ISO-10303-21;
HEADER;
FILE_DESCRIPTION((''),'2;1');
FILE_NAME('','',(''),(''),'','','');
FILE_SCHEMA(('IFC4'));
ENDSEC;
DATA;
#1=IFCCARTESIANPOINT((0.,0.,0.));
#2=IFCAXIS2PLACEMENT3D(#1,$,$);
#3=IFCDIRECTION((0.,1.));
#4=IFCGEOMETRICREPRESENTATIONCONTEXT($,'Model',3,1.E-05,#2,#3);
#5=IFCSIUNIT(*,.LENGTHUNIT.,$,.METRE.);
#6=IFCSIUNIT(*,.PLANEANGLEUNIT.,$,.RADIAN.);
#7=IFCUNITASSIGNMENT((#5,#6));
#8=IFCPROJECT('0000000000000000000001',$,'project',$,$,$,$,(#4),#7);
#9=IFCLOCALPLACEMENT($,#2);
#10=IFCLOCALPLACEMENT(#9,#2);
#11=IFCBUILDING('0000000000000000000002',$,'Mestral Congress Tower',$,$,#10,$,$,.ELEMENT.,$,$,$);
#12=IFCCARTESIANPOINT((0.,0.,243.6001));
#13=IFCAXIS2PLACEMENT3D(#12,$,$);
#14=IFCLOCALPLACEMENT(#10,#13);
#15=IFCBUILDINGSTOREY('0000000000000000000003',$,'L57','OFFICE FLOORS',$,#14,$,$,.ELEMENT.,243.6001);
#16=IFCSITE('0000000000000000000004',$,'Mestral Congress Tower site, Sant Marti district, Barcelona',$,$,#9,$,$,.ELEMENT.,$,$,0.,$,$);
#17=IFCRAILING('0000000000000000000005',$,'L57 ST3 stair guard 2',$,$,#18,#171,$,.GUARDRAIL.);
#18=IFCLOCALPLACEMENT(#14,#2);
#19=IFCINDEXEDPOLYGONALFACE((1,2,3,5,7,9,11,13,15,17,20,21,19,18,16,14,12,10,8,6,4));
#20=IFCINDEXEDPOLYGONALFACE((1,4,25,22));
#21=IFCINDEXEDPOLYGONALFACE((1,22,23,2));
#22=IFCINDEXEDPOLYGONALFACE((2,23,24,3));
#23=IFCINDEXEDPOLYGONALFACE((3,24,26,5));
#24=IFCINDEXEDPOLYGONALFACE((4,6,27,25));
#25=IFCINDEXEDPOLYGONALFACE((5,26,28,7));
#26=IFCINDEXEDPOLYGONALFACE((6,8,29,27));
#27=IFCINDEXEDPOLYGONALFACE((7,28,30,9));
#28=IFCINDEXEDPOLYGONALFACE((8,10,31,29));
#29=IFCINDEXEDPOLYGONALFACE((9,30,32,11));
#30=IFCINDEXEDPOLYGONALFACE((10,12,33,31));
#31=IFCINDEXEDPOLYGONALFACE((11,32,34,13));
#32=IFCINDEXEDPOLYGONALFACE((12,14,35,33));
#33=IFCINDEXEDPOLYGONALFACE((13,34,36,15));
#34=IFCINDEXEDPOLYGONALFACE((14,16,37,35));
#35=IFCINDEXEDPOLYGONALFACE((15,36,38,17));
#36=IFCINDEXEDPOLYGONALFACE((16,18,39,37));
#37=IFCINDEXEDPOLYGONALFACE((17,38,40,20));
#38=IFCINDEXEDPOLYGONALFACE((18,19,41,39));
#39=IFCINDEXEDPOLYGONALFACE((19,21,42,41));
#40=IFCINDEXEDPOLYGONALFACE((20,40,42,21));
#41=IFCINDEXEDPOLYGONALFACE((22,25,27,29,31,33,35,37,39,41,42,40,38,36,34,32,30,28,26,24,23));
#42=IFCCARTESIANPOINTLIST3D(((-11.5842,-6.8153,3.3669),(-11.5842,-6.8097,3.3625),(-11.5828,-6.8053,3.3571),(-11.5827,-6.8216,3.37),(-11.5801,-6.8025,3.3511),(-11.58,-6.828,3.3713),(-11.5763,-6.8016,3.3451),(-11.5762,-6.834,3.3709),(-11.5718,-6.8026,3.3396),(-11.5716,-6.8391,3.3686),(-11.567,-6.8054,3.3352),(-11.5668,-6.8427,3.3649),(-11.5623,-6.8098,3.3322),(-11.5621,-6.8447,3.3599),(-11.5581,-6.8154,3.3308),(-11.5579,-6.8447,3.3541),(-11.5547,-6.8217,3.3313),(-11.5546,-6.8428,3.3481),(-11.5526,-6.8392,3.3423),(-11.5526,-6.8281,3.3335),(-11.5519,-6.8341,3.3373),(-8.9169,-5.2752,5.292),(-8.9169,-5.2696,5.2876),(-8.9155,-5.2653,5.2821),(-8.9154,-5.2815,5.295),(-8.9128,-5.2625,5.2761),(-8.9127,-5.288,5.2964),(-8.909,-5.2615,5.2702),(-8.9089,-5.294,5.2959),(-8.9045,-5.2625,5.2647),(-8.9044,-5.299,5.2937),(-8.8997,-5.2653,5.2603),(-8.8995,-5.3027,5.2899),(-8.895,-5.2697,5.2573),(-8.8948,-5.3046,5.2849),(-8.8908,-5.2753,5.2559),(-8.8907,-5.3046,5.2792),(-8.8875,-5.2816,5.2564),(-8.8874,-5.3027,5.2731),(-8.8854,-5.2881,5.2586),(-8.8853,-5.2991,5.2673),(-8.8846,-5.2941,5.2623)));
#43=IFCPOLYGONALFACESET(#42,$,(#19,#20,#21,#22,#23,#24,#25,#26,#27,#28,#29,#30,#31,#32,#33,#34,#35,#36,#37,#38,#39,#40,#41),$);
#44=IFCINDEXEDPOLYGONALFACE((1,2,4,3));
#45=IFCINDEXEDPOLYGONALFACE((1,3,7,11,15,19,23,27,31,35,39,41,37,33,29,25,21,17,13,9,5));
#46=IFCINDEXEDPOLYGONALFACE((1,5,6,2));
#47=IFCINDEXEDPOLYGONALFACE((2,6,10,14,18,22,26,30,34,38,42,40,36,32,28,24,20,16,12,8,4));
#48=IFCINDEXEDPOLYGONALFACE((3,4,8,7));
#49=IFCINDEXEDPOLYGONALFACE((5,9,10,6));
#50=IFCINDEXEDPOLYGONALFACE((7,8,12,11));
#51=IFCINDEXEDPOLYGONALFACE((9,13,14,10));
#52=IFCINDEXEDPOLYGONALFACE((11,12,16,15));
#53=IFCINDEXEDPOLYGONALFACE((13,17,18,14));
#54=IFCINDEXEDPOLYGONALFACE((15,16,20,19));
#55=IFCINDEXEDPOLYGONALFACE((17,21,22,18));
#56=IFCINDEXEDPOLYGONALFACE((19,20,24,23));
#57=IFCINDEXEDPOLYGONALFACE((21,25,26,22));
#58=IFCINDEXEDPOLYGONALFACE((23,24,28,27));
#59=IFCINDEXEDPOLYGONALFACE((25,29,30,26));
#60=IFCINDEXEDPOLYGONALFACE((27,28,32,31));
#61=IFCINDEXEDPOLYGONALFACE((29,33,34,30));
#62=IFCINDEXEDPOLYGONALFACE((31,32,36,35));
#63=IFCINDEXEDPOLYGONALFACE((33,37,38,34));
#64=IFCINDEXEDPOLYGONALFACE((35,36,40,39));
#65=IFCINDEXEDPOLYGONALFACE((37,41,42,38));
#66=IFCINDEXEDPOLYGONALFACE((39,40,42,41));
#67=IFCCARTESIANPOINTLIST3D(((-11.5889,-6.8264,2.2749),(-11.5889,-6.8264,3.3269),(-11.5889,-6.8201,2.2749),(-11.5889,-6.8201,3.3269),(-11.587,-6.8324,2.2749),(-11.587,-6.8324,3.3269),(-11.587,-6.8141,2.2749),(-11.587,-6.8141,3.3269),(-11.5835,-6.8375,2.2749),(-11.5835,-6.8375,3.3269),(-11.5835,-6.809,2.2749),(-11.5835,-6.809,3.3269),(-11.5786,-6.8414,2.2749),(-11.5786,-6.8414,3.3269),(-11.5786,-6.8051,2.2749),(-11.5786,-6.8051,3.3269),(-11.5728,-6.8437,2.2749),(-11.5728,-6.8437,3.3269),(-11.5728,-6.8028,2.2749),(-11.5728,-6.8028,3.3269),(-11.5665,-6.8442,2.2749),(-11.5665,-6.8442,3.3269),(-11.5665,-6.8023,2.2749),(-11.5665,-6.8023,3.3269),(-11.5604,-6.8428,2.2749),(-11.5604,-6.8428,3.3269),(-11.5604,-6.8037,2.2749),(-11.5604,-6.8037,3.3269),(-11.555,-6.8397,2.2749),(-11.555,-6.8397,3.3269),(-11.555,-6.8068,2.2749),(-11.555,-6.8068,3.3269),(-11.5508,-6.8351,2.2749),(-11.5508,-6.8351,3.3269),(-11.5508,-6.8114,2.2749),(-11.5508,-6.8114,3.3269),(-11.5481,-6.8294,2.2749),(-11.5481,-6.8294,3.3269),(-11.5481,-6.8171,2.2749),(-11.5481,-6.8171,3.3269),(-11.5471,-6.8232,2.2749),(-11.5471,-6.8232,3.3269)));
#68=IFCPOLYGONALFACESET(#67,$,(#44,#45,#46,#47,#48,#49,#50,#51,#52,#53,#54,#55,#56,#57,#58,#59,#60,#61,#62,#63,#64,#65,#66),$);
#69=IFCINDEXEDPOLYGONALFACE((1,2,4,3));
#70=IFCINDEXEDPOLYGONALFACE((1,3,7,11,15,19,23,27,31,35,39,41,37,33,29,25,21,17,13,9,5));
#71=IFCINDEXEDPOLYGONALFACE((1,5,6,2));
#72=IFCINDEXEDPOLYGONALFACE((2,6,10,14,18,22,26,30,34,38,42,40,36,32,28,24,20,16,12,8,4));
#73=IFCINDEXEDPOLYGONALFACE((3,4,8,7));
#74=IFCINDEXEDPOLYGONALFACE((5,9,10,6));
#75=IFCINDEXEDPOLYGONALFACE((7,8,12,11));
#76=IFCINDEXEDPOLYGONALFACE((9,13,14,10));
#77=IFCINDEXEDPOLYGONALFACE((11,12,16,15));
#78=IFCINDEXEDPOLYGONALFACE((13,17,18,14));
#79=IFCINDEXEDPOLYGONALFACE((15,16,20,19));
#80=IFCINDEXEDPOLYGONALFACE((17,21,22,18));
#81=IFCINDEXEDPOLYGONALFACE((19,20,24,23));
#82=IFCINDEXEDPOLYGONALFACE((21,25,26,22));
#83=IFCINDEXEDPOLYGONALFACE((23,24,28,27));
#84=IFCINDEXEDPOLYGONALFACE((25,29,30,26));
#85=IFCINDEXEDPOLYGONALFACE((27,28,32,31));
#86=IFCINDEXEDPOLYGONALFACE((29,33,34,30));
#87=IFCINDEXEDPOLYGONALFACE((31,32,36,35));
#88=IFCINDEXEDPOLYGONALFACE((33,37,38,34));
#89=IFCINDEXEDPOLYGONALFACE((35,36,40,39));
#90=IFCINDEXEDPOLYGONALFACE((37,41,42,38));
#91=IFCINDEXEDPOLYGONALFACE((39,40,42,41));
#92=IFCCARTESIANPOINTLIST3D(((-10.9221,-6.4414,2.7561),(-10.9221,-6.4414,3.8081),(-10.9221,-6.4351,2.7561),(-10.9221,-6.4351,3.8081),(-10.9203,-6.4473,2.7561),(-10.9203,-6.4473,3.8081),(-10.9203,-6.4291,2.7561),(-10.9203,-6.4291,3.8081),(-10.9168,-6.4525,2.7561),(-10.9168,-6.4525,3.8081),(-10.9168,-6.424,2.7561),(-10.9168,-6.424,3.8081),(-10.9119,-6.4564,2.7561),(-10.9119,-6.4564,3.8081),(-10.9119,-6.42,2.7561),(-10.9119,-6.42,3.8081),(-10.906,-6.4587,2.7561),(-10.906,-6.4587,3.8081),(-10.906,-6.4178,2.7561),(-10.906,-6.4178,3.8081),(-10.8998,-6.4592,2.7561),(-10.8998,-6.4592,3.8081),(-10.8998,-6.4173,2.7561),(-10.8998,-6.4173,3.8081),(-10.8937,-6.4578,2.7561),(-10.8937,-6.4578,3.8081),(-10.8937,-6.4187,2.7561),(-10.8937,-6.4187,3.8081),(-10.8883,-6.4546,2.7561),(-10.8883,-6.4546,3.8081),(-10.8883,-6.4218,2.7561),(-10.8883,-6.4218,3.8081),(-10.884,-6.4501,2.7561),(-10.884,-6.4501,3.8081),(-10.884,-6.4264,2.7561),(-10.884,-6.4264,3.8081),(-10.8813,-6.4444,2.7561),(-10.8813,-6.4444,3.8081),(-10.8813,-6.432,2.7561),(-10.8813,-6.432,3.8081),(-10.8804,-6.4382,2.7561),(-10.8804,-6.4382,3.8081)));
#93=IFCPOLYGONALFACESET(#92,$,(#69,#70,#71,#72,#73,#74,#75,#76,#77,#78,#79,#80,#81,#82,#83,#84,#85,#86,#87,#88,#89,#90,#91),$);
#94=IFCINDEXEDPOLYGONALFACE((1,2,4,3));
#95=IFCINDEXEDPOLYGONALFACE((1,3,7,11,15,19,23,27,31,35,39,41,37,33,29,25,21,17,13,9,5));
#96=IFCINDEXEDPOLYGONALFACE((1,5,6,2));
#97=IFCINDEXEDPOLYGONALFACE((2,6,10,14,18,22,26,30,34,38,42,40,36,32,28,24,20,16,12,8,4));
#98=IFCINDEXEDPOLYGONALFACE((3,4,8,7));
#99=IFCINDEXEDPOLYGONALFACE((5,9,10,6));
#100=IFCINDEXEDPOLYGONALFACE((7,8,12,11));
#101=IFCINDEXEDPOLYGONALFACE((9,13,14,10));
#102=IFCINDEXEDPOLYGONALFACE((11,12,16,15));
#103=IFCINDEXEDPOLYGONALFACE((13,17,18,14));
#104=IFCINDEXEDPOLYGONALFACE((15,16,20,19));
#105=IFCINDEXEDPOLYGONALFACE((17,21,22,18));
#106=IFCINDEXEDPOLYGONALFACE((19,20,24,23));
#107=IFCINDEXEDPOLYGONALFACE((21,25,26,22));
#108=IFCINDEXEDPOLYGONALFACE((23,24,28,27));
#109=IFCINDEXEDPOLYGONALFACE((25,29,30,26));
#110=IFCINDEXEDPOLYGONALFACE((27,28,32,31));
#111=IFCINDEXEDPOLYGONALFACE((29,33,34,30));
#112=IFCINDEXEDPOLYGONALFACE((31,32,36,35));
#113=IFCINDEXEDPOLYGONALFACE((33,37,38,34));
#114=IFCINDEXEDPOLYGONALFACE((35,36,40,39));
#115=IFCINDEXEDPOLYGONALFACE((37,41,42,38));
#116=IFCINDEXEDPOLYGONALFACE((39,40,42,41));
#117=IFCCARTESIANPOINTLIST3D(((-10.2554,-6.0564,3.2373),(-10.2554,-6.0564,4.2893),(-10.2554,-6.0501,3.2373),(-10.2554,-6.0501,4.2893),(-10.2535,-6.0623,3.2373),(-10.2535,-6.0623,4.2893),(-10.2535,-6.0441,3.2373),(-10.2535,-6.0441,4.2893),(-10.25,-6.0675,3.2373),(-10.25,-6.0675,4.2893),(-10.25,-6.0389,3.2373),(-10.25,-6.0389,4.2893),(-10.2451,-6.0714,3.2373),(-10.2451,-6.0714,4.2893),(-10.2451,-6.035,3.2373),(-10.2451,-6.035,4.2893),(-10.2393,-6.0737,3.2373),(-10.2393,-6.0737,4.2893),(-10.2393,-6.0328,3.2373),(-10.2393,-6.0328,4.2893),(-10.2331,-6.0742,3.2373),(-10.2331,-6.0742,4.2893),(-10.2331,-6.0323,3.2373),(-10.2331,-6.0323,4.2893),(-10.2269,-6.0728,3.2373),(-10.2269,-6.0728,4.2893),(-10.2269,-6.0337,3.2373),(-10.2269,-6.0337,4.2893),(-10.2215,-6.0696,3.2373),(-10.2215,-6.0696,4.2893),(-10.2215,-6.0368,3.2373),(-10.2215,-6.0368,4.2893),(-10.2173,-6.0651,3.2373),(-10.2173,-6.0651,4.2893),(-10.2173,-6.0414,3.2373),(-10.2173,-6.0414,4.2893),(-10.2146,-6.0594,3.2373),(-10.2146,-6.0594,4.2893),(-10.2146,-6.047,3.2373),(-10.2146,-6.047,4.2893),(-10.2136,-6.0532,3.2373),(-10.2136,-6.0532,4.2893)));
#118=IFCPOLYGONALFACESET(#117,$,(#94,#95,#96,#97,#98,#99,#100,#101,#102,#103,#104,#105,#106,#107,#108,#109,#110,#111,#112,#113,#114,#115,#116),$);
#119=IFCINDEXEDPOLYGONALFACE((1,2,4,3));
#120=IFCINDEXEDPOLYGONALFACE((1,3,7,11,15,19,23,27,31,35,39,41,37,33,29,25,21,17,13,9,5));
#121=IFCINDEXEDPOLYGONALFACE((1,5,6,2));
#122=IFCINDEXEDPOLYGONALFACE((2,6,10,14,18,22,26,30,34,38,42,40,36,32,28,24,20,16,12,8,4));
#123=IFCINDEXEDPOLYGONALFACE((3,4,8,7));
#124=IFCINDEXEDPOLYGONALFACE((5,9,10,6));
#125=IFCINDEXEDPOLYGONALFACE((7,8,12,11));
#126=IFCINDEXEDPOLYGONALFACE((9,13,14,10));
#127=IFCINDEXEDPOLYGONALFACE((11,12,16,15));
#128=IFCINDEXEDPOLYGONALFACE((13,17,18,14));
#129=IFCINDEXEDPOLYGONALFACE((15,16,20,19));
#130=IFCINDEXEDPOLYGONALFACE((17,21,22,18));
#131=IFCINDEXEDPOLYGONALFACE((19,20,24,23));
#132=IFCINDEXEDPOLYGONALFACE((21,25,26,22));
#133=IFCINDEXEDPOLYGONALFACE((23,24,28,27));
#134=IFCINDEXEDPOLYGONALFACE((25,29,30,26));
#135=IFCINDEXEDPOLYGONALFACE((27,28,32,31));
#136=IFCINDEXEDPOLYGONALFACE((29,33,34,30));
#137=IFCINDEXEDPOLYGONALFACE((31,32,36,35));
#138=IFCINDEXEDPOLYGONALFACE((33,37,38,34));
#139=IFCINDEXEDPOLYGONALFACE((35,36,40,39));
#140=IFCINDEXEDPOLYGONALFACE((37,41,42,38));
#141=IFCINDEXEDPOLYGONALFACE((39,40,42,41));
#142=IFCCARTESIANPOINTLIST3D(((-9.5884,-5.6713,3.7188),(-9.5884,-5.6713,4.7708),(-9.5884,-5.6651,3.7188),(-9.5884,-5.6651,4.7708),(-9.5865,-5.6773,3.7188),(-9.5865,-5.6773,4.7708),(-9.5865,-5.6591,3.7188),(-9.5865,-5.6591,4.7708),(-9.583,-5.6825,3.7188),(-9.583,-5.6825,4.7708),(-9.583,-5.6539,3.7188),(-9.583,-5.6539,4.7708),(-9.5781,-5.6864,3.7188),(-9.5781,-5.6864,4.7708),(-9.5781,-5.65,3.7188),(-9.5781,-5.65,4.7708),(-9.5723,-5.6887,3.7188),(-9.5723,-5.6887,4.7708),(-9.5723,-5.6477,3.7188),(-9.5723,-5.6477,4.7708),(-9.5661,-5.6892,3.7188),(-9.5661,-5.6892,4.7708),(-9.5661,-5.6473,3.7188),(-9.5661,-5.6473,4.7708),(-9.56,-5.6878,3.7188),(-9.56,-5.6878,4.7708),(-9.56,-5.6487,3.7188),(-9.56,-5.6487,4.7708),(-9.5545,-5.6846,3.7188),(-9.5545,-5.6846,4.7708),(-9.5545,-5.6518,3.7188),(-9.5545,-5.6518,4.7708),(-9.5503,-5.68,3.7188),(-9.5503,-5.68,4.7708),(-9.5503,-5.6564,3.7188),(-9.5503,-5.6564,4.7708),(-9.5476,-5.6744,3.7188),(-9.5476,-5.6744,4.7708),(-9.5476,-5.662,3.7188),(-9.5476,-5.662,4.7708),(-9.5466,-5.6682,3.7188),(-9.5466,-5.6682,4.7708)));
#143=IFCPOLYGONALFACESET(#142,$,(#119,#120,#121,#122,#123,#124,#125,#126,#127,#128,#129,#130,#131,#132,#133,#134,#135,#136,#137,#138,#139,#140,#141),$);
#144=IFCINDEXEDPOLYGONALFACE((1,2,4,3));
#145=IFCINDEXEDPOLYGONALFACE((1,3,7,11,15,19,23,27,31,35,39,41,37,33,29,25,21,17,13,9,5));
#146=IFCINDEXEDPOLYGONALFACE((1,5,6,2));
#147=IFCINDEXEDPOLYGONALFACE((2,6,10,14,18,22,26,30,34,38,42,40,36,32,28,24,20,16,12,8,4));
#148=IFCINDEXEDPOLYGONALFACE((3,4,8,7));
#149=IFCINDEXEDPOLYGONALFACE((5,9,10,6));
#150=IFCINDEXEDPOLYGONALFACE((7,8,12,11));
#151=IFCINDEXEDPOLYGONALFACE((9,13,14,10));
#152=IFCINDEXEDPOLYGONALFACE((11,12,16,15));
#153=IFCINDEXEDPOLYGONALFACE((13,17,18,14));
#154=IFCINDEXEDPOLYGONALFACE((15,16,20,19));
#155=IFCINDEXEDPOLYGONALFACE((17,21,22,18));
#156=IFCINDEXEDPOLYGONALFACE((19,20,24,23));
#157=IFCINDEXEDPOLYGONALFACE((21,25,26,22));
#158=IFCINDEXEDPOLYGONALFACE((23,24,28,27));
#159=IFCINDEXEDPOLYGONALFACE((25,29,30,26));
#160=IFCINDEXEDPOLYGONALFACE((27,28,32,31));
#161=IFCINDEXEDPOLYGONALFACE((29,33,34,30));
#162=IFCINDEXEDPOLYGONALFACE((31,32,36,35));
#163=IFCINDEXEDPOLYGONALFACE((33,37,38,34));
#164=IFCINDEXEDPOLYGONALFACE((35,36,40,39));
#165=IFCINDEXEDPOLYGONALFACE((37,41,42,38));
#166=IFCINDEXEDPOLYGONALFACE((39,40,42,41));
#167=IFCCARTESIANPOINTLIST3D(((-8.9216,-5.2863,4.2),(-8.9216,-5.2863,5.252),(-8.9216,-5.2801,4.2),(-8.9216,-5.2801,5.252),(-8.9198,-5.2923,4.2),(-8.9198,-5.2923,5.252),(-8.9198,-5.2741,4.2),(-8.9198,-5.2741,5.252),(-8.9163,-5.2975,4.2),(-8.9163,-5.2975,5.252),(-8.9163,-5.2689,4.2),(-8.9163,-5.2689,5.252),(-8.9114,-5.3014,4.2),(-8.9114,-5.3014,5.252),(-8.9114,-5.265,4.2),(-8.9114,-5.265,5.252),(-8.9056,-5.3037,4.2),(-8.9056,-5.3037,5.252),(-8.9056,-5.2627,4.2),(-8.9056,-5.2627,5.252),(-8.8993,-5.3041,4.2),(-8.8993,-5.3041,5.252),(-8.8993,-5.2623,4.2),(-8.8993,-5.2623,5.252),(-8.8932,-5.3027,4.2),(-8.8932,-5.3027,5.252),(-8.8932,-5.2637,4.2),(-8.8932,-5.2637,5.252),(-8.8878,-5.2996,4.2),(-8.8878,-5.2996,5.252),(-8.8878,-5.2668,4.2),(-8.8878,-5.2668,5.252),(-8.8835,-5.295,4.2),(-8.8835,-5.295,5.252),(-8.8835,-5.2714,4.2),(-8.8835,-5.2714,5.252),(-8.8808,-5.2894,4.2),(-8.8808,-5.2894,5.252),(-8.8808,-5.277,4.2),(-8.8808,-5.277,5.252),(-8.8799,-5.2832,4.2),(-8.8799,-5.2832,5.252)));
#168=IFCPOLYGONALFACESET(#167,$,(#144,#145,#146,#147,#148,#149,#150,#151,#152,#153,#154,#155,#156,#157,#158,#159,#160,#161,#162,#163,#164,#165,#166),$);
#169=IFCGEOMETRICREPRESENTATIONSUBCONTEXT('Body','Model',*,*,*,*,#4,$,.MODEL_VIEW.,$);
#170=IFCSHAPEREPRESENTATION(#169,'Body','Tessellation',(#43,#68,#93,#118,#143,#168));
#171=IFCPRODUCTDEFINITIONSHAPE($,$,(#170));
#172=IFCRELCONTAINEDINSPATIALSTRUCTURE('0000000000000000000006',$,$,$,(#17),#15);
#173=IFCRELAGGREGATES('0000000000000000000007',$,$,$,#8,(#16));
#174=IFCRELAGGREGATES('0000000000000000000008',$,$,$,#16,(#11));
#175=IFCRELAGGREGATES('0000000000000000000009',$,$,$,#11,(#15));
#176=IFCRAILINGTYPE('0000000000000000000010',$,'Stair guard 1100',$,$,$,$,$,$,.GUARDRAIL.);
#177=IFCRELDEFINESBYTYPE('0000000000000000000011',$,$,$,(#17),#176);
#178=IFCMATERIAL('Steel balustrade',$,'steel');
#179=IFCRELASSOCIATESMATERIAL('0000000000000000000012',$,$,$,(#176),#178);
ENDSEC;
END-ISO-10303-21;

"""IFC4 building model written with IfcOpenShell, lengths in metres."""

from ifc_helpers import new_model, si_unit, direction, frame, origin, origin_2d, place, context, subcontext, project, spatial, circle, extrude, material, type_object, element, save


model = new_model("IFC4")

# Units and contexts
model_context = context("Model", 3, precision=1e-05, world=origin(), true_north=direction((0.0, 1.0)))
body_context = subcontext(model_context, "Body", "Model", "MODEL_VIEW")
ifc_project = project(units=[si_unit("LENGTHUNIT", "METRE"), si_unit("PLANEANGLEUNIT", "RADIAN")], contexts=[model_context])

# Site, building, storey
site_placement = place(None, origin())
site = spatial("IfcSite", under=ifc_project, at=site_placement, Name="Mestral Congress Tower site, Sant Marti district, Barcelona", CompositionType="ELEMENT", RefElevation=0.0)
building_placement = place(site_placement, origin())
building = spatial("IfcBuilding", under=site, at=building_placement, Name="Mestral Congress Tower", CompositionType="ELEMENT")
storey_placement = place(building_placement, frame((0.0, 0.0, 243.6001)))
storey = spatial("IfcBuildingStorey", under=building, at=storey_placement, Name="L57", Description="OFFICE FLOORS", CompositionType="ELEMENT", Elevation=243.6001)

# Railing
ifc_material_1 = material(Name="Steel balustrade", Category="steel")
railing_type_1 = type_object("IfcRailingType", Name="Stair guard 1100", PredefinedType="GUARDRAIL", material=ifc_material_1)
railing_1_placement = place(storey_placement, frame((-11.5681, -6.8232, 2.2749)))
element("IfcRailing", 1, at=railing_1_placement, inside=storey, type_object=railing_type_1, Name="L57 ST3 stair guard 2", PredefinedType="GUARDRAIL", context=body_context, shape_type="SweptSolid", body=[
    extrude(circle(Radius=0.0239, at=origin_2d()), frame((0.0, 0.0, 1.0762), z_axis=(0.734364, 0.424015, 0.530019), x_axis=(-0.500027, 0.86601, 0.0)), (0.0, 0.0, 1.0), 3.6321),
    extrude(circle(Radius=0.021, at=origin_2d()), origin(), (0.0, 0.0, 1.0), 1.052),
    extrude(circle(Radius=0.021, at=origin_2d()), frame((0.6667, 0.385, 0.4812)), (0.0, 0.0, 1.0), 1.052),
    extrude(circle(Radius=0.021, at=origin_2d()), frame((1.3335, 0.77, 0.9624)), (0.0, 0.0, 1.0), 1.052),
    extrude(circle(Radius=0.021, at=origin_2d()), frame((2.0005, 1.155, 1.4438)), (0.0, 0.0, 1.0), 1.052),
    extrude(circle(Radius=0.021, at=origin_2d()), frame((2.6672, 1.54, 1.925)), (0.0, 0.0, 1.0), 1.052),
])

save(model, "model.ifc")
